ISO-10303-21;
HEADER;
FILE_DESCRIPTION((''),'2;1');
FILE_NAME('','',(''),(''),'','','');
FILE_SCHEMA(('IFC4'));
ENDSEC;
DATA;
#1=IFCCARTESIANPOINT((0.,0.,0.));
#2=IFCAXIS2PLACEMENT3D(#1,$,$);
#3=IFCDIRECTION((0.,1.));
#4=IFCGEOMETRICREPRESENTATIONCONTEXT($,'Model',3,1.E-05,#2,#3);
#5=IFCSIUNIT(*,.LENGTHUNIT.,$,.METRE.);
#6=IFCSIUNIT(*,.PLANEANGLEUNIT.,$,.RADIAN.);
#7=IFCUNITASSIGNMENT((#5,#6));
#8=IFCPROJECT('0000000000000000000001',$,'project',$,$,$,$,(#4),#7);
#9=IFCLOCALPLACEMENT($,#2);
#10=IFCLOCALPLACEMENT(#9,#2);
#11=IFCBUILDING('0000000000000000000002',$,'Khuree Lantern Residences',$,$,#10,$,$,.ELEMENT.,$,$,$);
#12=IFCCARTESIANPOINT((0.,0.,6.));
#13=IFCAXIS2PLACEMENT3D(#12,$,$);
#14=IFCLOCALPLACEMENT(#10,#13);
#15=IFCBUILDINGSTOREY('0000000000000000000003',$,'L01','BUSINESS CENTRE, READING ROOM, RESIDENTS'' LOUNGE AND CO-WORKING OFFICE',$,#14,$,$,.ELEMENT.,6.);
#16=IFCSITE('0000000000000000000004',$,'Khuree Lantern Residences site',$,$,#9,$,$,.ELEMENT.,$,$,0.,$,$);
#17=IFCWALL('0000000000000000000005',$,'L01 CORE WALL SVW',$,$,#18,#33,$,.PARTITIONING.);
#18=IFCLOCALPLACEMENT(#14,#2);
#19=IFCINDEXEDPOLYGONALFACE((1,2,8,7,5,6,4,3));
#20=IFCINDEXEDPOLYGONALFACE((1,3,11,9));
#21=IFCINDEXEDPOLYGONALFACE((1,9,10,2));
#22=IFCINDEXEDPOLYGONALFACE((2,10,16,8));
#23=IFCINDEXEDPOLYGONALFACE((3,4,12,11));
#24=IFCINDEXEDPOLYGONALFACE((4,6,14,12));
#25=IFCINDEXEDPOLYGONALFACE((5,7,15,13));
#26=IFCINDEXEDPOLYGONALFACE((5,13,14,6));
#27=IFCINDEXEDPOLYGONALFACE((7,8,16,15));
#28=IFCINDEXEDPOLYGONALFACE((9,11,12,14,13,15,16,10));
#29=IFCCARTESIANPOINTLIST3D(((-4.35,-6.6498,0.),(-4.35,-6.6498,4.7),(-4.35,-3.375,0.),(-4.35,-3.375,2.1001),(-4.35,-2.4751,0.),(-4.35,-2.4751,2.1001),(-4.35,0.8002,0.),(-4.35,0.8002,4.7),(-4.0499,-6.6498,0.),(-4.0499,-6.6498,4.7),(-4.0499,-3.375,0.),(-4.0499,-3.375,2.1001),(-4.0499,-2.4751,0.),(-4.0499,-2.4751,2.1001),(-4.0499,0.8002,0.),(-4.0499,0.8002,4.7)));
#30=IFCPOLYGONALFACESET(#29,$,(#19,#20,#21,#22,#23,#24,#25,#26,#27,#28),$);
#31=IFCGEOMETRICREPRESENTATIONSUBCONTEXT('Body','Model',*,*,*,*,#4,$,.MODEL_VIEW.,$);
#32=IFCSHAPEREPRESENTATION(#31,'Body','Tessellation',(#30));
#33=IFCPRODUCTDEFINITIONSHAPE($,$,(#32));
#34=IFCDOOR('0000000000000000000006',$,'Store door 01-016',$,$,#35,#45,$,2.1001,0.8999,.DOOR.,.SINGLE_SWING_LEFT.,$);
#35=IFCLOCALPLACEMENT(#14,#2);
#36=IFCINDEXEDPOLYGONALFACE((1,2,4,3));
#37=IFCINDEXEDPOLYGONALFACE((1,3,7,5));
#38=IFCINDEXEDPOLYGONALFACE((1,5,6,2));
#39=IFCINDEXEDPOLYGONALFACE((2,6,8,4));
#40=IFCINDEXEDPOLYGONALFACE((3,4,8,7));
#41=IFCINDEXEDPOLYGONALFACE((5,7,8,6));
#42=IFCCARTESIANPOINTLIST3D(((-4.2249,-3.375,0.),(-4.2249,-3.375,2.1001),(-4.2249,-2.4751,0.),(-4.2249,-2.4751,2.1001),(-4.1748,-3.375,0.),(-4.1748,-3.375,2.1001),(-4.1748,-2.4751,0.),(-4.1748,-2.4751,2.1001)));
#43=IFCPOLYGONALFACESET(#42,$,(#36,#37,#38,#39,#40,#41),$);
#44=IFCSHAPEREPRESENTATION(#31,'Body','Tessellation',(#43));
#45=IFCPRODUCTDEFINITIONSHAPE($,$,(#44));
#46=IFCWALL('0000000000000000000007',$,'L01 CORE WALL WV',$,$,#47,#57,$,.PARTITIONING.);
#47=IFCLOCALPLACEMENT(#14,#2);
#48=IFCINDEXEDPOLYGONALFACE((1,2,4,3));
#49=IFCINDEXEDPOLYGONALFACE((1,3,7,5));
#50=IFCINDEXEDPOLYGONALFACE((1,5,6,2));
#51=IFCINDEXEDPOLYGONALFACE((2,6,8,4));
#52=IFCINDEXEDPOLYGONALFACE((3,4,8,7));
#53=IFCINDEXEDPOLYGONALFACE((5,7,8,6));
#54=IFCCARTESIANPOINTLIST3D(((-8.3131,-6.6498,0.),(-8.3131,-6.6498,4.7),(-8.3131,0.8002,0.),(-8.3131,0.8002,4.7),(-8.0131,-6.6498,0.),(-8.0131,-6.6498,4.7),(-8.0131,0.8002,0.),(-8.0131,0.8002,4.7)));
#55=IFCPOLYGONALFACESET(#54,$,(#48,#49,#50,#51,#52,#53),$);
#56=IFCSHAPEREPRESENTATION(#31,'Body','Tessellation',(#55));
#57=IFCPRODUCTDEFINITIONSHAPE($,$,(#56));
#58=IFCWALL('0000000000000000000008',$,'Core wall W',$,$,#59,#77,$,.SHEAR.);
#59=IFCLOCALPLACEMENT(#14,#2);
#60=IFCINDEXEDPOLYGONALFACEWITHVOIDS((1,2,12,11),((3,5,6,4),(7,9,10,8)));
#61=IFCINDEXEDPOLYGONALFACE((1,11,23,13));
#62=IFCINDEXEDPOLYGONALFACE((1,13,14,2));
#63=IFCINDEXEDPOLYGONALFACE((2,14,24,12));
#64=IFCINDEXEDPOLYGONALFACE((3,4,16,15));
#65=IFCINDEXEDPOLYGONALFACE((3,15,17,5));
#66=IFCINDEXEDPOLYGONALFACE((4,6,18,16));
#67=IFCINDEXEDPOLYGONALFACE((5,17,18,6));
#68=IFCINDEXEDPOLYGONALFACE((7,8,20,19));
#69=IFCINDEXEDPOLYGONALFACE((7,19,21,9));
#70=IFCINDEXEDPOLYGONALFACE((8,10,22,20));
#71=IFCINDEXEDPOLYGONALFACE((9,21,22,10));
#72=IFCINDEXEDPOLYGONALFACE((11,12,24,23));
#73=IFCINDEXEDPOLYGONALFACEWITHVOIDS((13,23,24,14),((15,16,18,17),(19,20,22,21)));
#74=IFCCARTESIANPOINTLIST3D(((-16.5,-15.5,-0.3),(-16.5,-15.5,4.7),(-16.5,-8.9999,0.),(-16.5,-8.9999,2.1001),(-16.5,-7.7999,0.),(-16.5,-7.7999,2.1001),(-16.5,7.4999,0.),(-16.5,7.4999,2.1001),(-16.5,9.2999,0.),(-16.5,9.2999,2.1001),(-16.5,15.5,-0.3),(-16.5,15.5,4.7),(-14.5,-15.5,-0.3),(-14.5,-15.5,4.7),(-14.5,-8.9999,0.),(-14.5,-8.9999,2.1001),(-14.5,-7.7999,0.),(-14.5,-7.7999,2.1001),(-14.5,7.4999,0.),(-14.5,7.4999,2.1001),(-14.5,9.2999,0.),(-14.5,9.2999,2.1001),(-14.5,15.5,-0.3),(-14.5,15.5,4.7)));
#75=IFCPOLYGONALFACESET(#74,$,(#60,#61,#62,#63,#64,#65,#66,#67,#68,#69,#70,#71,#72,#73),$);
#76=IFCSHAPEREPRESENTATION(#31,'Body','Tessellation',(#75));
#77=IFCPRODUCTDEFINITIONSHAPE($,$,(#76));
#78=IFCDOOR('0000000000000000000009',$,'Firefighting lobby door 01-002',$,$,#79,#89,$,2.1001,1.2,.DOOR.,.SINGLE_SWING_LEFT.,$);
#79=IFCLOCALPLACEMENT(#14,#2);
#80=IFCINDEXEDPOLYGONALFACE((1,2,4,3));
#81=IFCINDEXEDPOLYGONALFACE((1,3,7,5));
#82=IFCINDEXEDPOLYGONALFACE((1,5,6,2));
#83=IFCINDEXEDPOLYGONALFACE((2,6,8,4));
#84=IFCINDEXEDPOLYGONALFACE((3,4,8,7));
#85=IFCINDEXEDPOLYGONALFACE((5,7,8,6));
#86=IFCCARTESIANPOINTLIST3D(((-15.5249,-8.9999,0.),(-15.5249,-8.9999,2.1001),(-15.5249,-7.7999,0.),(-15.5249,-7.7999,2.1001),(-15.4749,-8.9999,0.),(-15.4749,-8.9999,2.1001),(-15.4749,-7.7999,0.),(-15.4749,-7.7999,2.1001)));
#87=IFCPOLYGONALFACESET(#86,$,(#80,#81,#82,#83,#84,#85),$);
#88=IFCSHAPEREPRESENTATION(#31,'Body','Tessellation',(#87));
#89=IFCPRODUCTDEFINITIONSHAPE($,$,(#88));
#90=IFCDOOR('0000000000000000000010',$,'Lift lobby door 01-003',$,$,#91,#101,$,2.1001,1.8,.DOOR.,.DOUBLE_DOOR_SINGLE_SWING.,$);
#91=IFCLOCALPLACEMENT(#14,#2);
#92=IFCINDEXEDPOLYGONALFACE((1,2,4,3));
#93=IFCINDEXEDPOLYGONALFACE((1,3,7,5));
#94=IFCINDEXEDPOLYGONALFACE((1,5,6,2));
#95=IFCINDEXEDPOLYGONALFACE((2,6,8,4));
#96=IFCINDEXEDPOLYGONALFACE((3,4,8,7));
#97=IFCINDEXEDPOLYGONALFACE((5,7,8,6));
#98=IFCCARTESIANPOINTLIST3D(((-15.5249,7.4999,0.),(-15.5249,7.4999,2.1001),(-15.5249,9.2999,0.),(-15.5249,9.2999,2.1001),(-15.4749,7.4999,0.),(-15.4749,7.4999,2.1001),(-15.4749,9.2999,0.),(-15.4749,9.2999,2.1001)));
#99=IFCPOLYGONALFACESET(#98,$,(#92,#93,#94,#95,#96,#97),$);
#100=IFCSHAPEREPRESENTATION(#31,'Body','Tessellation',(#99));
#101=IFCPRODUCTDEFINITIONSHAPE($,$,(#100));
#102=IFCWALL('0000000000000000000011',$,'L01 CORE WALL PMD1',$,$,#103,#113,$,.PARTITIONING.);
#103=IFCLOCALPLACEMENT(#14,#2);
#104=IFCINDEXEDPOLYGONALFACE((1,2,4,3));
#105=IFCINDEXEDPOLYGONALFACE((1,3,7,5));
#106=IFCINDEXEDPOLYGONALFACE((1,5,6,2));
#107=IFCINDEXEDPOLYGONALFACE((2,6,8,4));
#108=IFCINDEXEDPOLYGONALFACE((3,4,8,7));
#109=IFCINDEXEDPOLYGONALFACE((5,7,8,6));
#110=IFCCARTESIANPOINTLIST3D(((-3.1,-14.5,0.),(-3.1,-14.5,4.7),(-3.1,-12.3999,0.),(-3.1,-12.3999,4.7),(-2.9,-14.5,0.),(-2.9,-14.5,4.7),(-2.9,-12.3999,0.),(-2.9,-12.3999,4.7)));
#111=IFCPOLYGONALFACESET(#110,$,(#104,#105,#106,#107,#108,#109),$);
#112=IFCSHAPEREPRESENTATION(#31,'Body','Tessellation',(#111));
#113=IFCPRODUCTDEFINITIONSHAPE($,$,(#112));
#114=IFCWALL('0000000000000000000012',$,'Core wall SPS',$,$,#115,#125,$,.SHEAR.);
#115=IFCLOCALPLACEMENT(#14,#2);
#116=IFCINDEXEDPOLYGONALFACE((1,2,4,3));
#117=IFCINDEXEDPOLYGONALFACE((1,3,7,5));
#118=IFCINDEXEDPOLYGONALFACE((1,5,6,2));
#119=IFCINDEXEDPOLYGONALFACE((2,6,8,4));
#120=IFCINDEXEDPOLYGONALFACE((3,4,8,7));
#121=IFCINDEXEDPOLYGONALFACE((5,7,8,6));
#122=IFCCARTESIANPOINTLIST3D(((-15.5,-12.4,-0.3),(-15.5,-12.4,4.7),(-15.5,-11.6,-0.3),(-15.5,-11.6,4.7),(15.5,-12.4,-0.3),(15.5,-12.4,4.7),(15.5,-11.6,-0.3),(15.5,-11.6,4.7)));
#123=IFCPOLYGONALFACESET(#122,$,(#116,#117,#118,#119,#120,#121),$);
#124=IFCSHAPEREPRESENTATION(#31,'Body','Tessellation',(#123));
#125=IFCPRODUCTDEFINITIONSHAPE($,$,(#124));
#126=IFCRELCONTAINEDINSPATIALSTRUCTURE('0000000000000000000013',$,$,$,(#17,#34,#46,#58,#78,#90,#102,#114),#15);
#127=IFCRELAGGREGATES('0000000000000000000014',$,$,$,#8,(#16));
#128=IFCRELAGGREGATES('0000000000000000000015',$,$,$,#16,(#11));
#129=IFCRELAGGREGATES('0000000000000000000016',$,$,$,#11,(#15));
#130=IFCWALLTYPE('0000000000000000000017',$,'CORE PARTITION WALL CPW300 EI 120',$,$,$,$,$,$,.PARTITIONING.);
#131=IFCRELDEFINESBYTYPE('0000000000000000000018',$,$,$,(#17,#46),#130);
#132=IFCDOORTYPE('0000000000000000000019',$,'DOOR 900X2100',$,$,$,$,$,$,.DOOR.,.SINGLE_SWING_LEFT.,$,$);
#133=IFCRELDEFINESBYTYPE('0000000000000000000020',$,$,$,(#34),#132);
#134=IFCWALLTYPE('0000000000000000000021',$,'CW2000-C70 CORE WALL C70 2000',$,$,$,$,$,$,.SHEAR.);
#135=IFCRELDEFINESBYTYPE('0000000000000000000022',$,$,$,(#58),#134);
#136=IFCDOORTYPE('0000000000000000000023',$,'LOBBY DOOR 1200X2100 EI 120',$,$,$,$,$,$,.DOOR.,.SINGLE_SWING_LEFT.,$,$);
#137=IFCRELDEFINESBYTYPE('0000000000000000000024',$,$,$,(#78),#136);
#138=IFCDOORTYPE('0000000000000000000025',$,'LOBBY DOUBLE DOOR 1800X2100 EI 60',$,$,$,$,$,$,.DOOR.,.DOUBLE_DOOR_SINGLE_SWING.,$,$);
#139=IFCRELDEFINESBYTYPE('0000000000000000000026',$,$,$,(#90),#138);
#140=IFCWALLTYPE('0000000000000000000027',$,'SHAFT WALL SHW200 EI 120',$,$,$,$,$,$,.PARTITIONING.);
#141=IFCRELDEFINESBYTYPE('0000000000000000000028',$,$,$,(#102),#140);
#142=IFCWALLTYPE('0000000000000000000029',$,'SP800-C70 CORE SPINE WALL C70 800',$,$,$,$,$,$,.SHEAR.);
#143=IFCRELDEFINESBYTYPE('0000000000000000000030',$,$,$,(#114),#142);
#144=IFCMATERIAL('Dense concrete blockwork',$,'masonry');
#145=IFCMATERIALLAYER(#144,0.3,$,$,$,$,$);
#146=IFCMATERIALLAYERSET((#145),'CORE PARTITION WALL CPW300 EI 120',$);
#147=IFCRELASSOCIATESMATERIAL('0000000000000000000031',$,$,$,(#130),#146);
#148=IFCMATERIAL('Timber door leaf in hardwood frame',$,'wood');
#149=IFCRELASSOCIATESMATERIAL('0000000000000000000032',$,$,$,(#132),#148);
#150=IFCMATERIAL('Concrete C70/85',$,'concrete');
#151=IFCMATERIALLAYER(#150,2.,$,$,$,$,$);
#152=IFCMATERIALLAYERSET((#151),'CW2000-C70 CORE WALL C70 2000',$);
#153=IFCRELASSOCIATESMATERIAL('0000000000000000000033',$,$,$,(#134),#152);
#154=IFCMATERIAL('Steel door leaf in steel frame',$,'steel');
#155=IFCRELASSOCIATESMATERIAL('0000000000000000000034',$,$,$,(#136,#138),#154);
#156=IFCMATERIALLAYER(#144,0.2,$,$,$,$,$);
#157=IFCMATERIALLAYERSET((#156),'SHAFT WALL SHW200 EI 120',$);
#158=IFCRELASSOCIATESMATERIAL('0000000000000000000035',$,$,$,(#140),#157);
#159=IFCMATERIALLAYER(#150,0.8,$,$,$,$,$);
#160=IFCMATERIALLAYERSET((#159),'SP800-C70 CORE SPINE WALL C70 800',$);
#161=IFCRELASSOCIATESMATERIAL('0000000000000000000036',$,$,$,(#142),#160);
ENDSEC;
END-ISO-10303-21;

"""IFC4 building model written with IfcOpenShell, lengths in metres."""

from ifc_helpers import new_model, si_unit, direction, frame, frame_2d, origin, place, context, subcontext, project, spatial, rectangle, extrude, material, layer, layer_set, type_object, element, fill, save


model = new_model("IFC4")

# Units and contexts
model_context = context("Model", 3, precision=1e-05, world=origin(), true_north=direction((0.0, 1.0)))
body_context = subcontext(model_context, "Body", "Model", "MODEL_VIEW")
ifc_project = project(units=[si_unit("LENGTHUNIT", "METRE"), si_unit("PLANEANGLEUNIT", "RADIAN")], contexts=[model_context])

# Site, building, storey
site_placement = place(None, origin())
site = spatial("IfcSite", under=ifc_project, at=site_placement, Name="Khuree Lantern Residences site", CompositionType="ELEMENT", RefElevation=0.0)
building_placement = place(site_placement, origin())
building = spatial("IfcBuilding", under=site, at=building_placement, Name="Khuree Lantern Residences", CompositionType="ELEMENT")
storey_placement = place(building_placement, frame((0.0, 0.0, 6.0)))
storey = spatial("IfcBuildingStorey", under=building, at=storey_placement, Name="L01", Description="BUSINESS CENTRE, READING ROOM, RESIDENTS' LOUNGE AND CO-WORKING OFFICE", CompositionType="ELEMENT", Elevation=6.0)

# Shared definitions
ifc_material_1 = material(Name="Dense concrete blockwork", Category="masonry")
ifc_layer_1 = layer(ifc_material_1, 0.3)
ifc_layer_set_1 = layer_set([ifc_layer_1], Name="CORE PARTITION WALL CPW300 EI 120")
wall_type_1 = type_object("IfcWallType", Name="CORE PARTITION WALL CPW300 EI 120", PredefinedType="PARTITIONING", material=ifc_layer_set_1)

# Shared definitions
ifc_material_2 = material(Name="Steel door leaf in steel frame", Category="steel")

# Wall, opening, door
wall_1_placement = place(storey_placement, frame((-4.2, -6.6499, 0.0), z_axis=(0.0, 0.0, 1.0), x_axis=(0.0, 1.0, 0.0)))
wall_1 = element("IfcWall", 1, at=wall_1_placement, inside=storey, type_object=wall_type_1, Name="L01 CORE WALL SVW", PredefinedType="PARTITIONING", context=body_context, shape_type="SweptSolid", body=[
    extrude(rectangle(XDim=7.45, YDim=0.3, at=frame_2d((3.7251, 0.0))), origin(), (0.0, 0.0, 1.0), 4.7),
])
opening_1_placement = place(wall_1_placement, frame((3.2749, 0.0, 0.0)))
opening_1 = element("IfcOpeningElement", 2, at=opening_1_placement, cuts=wall_1, PredefinedType="OPENING", context=body_context, shape_type="SweptSolid", body=[
    extrude(rectangle(XDim=0.8999, YDim=2.1001, at=frame_2d((0.45, 1.05))), frame((0.0, 0.1602, 0.0), z_axis=(0.0, -1.0, 0.0), x_axis=(1.0, 0.0, 0.0)), (0.0, 0.0, 1.0), 0.3201),
])
ifc_material_3 = material(Name="Timber door leaf in hardwood frame", Category="wood")
door_type_1 = type_object("IfcDoorType", Name="DOOR 900X2100", OperationType="SINGLE_SWING_LEFT", PredefinedType="DOOR", material=ifc_material_3)
door_1_placement = place(opening_1_placement, origin())
door_1 = element("IfcDoor", 3, at=door_1_placement, inside=storey, type_object=door_type_1, Name="Store door 01-016", OperationType="SINGLE_SWING_LEFT", OverallHeight=2.1001, OverallWidth=0.8999, PredefinedType="DOOR", context=body_context, shape_type="SweptSolid", body=[
    extrude(rectangle(XDim=0.8999, YDim=2.1001, at=frame_2d((0.45, 1.05))), frame((0.0, 0.0249, 0.0), z_axis=(0.0, -1.0, 0.0), x_axis=(1.0, 0.0, 0.0)), (0.0, 0.0, 1.0), 0.05),
])
fill(opening_1, door_1)

# Wall
wall_2_placement = place(storey_placement, frame((-8.1631, -6.6499, 0.0), z_axis=(0.0, 0.0, 1.0), x_axis=(0.0, 1.0, 0.0)))
element("IfcWall", 4, at=wall_2_placement, inside=storey, type_object=wall_type_1, Name="L01 CORE WALL WV", PredefinedType="PARTITIONING", context=body_context, shape_type="SweptSolid", body=[
    extrude(rectangle(XDim=7.45, YDim=0.3, at=frame_2d((3.7251, 0.0))), origin(), (0.0, 0.0, 1.0), 4.7),
])

# Wall, openings, doors
ifc_material_4 = material(Name="Concrete C70/85", Category="concrete")
ifc_layer_2 = layer(ifc_material_4, 2.0)
ifc_layer_set_2 = layer_set([ifc_layer_2], Name="CW2000-C70 CORE WALL C70 2000")
wall_type_2 = type_object("IfcWallType", Name="CW2000-C70 CORE WALL C70 2000", PredefinedType="SHEAR", material=ifc_layer_set_2)
wall_3_placement = place(storey_placement, frame((-15.5, -15.5, -0.3), z_axis=(0.0, 0.0, 1.0), x_axis=(0.0, 1.0, 0.0)))
wall_3 = element("IfcWall", 5, at=wall_3_placement, inside=storey, type_object=wall_type_2, Name="Core wall W", PredefinedType="SHEAR", context=body_context, shape_type="SweptSolid", body=[
    extrude(rectangle(XDim=31.0, YDim=2.0, at=frame_2d((15.5, 0.0))), origin(), (0.0, 0.0, 1.0), 5.0),
])
opening_2_placement = place(wall_3_placement, frame((6.5, 0.0, 0.3)))
opening_2 = element("IfcOpeningElement", 6, at=opening_2_placement, cuts=wall_3, PredefinedType="OPENING", context=body_context, shape_type="SweptSolid", body=[
    extrude(rectangle(XDim=1.2, YDim=2.1001, at=frame_2d((0.6001, 1.05))), frame((0.0, 1.01, 0.0), z_axis=(0.0, -1.0, 0.0), x_axis=(1.0, 0.0, 0.0)), (0.0, 0.0, 1.0), 2.02),
])
opening_3_placement = place(wall_3_placement, frame((23.0, 0.0, 0.3)))
opening_3 = element("IfcOpeningElement", 7, at=opening_3_placement, cuts=wall_3, PredefinedType="OPENING", context=body_context, shape_type="SweptSolid", body=[
    extrude(rectangle(XDim=1.8, YDim=2.1001, at=frame_2d((0.8999, 1.05))), frame((0.0, 1.01, 0.0), z_axis=(0.0, -1.0, 0.0), x_axis=(1.0, 0.0, 0.0)), (0.0, 0.0, 1.0), 2.02),
])
door_type_2 = type_object("IfcDoorType", Name="LOBBY DOOR 1200X2100 EI 120", OperationType="SINGLE_SWING_LEFT", PredefinedType="DOOR", material=ifc_material_2)
door_2_placement = place(opening_2_placement, origin())
door_2 = element("IfcDoor", 8, at=door_2_placement, inside=storey, type_object=door_type_2, Name="Firefighting lobby door 01-002", OperationType="SINGLE_SWING_LEFT", OverallHeight=2.1001, OverallWidth=1.2, PredefinedType="DOOR", context=body_context, shape_type="SweptSolid", body=[
    extrude(rectangle(XDim=1.2, YDim=2.1001, at=frame_2d((0.6001, 1.05))), frame((0.0, 0.0249, 0.0), z_axis=(0.0, -1.0, 0.0), x_axis=(1.0, 0.0, 0.0)), (0.0, 0.0, 1.0), 0.05),
])
fill(opening_2, door_2)
door_type_3 = type_object("IfcDoorType", Name="LOBBY DOUBLE DOOR 1800X2100 EI 60", OperationType="DOUBLE_DOOR_SINGLE_SWING", PredefinedType="DOOR", material=ifc_material_2)
door_3_placement = place(opening_3_placement, origin())
door_3 = element("IfcDoor", 9, at=door_3_placement, inside=storey, type_object=door_type_3, Name="Lift lobby door 01-003", OperationType="DOUBLE_DOOR_SINGLE_SWING", OverallHeight=2.1001, OverallWidth=1.8, PredefinedType="DOOR", context=body_context, shape_type="SweptSolid", body=[
    extrude(rectangle(XDim=1.8, YDim=2.1001, at=frame_2d((0.8999, 1.05))), frame((0.0, 0.0249, 0.0), z_axis=(0.0, -1.0, 0.0), x_axis=(1.0, 0.0, 0.0)), (0.0, 0.0, 1.0), 0.05),
])
fill(opening_3, door_3)

# Walls
ifc_layer_3 = layer(ifc_material_1, 0.2)
ifc_layer_set_3 = layer_set([ifc_layer_3], Name="SHAFT WALL SHW200 EI 120")
wall_type_3 = type_object("IfcWallType", Name="SHAFT WALL SHW200 EI 120", PredefinedType="PARTITIONING", material=ifc_layer_set_3)
wall_4_placement = place(storey_placement, frame((-3.0, -14.5, 0.0), z_axis=(0.0, 0.0, 1.0), x_axis=(0.0, 1.0, 0.0)))
element("IfcWall", 10, at=wall_4_placement, inside=storey, type_object=wall_type_3, Name="L01 CORE WALL PMD1", PredefinedType="PARTITIONING", context=body_context, shape_type="SweptSolid", body=[
    extrude(rectangle(XDim=2.1001, YDim=0.2, at=frame_2d((1.05, 0.0))), origin(), (0.0, 0.0, 1.0), 4.7),
])
ifc_layer_4 = layer(ifc_material_4, 0.8)
ifc_layer_set_4 = layer_set([ifc_layer_4], Name="SP800-C70 CORE SPINE WALL C70 800")
wall_type_4 = type_object("IfcWallType", Name="SP800-C70 CORE SPINE WALL C70 800", PredefinedType="SHEAR", material=ifc_layer_set_4)
wall_5_placement = place(storey_placement, frame((-15.5, -12.0, -0.3), z_axis=(0.0, 0.0, 1.0), x_axis=(1.0, 0.0, 0.0)))
element("IfcWall", 11, at=wall_5_placement, inside=storey, type_object=wall_type_4, Name="Core wall SPS", PredefinedType="SHEAR", context=body_context, shape_type="SweptSolid", body=[
    extrude(rectangle(XDim=31.0, YDim=0.8, at=frame_2d((15.5, 0.0))), origin(), (0.0, 0.0, 1.0), 5.0),
])

save(model, "model.ifc")
